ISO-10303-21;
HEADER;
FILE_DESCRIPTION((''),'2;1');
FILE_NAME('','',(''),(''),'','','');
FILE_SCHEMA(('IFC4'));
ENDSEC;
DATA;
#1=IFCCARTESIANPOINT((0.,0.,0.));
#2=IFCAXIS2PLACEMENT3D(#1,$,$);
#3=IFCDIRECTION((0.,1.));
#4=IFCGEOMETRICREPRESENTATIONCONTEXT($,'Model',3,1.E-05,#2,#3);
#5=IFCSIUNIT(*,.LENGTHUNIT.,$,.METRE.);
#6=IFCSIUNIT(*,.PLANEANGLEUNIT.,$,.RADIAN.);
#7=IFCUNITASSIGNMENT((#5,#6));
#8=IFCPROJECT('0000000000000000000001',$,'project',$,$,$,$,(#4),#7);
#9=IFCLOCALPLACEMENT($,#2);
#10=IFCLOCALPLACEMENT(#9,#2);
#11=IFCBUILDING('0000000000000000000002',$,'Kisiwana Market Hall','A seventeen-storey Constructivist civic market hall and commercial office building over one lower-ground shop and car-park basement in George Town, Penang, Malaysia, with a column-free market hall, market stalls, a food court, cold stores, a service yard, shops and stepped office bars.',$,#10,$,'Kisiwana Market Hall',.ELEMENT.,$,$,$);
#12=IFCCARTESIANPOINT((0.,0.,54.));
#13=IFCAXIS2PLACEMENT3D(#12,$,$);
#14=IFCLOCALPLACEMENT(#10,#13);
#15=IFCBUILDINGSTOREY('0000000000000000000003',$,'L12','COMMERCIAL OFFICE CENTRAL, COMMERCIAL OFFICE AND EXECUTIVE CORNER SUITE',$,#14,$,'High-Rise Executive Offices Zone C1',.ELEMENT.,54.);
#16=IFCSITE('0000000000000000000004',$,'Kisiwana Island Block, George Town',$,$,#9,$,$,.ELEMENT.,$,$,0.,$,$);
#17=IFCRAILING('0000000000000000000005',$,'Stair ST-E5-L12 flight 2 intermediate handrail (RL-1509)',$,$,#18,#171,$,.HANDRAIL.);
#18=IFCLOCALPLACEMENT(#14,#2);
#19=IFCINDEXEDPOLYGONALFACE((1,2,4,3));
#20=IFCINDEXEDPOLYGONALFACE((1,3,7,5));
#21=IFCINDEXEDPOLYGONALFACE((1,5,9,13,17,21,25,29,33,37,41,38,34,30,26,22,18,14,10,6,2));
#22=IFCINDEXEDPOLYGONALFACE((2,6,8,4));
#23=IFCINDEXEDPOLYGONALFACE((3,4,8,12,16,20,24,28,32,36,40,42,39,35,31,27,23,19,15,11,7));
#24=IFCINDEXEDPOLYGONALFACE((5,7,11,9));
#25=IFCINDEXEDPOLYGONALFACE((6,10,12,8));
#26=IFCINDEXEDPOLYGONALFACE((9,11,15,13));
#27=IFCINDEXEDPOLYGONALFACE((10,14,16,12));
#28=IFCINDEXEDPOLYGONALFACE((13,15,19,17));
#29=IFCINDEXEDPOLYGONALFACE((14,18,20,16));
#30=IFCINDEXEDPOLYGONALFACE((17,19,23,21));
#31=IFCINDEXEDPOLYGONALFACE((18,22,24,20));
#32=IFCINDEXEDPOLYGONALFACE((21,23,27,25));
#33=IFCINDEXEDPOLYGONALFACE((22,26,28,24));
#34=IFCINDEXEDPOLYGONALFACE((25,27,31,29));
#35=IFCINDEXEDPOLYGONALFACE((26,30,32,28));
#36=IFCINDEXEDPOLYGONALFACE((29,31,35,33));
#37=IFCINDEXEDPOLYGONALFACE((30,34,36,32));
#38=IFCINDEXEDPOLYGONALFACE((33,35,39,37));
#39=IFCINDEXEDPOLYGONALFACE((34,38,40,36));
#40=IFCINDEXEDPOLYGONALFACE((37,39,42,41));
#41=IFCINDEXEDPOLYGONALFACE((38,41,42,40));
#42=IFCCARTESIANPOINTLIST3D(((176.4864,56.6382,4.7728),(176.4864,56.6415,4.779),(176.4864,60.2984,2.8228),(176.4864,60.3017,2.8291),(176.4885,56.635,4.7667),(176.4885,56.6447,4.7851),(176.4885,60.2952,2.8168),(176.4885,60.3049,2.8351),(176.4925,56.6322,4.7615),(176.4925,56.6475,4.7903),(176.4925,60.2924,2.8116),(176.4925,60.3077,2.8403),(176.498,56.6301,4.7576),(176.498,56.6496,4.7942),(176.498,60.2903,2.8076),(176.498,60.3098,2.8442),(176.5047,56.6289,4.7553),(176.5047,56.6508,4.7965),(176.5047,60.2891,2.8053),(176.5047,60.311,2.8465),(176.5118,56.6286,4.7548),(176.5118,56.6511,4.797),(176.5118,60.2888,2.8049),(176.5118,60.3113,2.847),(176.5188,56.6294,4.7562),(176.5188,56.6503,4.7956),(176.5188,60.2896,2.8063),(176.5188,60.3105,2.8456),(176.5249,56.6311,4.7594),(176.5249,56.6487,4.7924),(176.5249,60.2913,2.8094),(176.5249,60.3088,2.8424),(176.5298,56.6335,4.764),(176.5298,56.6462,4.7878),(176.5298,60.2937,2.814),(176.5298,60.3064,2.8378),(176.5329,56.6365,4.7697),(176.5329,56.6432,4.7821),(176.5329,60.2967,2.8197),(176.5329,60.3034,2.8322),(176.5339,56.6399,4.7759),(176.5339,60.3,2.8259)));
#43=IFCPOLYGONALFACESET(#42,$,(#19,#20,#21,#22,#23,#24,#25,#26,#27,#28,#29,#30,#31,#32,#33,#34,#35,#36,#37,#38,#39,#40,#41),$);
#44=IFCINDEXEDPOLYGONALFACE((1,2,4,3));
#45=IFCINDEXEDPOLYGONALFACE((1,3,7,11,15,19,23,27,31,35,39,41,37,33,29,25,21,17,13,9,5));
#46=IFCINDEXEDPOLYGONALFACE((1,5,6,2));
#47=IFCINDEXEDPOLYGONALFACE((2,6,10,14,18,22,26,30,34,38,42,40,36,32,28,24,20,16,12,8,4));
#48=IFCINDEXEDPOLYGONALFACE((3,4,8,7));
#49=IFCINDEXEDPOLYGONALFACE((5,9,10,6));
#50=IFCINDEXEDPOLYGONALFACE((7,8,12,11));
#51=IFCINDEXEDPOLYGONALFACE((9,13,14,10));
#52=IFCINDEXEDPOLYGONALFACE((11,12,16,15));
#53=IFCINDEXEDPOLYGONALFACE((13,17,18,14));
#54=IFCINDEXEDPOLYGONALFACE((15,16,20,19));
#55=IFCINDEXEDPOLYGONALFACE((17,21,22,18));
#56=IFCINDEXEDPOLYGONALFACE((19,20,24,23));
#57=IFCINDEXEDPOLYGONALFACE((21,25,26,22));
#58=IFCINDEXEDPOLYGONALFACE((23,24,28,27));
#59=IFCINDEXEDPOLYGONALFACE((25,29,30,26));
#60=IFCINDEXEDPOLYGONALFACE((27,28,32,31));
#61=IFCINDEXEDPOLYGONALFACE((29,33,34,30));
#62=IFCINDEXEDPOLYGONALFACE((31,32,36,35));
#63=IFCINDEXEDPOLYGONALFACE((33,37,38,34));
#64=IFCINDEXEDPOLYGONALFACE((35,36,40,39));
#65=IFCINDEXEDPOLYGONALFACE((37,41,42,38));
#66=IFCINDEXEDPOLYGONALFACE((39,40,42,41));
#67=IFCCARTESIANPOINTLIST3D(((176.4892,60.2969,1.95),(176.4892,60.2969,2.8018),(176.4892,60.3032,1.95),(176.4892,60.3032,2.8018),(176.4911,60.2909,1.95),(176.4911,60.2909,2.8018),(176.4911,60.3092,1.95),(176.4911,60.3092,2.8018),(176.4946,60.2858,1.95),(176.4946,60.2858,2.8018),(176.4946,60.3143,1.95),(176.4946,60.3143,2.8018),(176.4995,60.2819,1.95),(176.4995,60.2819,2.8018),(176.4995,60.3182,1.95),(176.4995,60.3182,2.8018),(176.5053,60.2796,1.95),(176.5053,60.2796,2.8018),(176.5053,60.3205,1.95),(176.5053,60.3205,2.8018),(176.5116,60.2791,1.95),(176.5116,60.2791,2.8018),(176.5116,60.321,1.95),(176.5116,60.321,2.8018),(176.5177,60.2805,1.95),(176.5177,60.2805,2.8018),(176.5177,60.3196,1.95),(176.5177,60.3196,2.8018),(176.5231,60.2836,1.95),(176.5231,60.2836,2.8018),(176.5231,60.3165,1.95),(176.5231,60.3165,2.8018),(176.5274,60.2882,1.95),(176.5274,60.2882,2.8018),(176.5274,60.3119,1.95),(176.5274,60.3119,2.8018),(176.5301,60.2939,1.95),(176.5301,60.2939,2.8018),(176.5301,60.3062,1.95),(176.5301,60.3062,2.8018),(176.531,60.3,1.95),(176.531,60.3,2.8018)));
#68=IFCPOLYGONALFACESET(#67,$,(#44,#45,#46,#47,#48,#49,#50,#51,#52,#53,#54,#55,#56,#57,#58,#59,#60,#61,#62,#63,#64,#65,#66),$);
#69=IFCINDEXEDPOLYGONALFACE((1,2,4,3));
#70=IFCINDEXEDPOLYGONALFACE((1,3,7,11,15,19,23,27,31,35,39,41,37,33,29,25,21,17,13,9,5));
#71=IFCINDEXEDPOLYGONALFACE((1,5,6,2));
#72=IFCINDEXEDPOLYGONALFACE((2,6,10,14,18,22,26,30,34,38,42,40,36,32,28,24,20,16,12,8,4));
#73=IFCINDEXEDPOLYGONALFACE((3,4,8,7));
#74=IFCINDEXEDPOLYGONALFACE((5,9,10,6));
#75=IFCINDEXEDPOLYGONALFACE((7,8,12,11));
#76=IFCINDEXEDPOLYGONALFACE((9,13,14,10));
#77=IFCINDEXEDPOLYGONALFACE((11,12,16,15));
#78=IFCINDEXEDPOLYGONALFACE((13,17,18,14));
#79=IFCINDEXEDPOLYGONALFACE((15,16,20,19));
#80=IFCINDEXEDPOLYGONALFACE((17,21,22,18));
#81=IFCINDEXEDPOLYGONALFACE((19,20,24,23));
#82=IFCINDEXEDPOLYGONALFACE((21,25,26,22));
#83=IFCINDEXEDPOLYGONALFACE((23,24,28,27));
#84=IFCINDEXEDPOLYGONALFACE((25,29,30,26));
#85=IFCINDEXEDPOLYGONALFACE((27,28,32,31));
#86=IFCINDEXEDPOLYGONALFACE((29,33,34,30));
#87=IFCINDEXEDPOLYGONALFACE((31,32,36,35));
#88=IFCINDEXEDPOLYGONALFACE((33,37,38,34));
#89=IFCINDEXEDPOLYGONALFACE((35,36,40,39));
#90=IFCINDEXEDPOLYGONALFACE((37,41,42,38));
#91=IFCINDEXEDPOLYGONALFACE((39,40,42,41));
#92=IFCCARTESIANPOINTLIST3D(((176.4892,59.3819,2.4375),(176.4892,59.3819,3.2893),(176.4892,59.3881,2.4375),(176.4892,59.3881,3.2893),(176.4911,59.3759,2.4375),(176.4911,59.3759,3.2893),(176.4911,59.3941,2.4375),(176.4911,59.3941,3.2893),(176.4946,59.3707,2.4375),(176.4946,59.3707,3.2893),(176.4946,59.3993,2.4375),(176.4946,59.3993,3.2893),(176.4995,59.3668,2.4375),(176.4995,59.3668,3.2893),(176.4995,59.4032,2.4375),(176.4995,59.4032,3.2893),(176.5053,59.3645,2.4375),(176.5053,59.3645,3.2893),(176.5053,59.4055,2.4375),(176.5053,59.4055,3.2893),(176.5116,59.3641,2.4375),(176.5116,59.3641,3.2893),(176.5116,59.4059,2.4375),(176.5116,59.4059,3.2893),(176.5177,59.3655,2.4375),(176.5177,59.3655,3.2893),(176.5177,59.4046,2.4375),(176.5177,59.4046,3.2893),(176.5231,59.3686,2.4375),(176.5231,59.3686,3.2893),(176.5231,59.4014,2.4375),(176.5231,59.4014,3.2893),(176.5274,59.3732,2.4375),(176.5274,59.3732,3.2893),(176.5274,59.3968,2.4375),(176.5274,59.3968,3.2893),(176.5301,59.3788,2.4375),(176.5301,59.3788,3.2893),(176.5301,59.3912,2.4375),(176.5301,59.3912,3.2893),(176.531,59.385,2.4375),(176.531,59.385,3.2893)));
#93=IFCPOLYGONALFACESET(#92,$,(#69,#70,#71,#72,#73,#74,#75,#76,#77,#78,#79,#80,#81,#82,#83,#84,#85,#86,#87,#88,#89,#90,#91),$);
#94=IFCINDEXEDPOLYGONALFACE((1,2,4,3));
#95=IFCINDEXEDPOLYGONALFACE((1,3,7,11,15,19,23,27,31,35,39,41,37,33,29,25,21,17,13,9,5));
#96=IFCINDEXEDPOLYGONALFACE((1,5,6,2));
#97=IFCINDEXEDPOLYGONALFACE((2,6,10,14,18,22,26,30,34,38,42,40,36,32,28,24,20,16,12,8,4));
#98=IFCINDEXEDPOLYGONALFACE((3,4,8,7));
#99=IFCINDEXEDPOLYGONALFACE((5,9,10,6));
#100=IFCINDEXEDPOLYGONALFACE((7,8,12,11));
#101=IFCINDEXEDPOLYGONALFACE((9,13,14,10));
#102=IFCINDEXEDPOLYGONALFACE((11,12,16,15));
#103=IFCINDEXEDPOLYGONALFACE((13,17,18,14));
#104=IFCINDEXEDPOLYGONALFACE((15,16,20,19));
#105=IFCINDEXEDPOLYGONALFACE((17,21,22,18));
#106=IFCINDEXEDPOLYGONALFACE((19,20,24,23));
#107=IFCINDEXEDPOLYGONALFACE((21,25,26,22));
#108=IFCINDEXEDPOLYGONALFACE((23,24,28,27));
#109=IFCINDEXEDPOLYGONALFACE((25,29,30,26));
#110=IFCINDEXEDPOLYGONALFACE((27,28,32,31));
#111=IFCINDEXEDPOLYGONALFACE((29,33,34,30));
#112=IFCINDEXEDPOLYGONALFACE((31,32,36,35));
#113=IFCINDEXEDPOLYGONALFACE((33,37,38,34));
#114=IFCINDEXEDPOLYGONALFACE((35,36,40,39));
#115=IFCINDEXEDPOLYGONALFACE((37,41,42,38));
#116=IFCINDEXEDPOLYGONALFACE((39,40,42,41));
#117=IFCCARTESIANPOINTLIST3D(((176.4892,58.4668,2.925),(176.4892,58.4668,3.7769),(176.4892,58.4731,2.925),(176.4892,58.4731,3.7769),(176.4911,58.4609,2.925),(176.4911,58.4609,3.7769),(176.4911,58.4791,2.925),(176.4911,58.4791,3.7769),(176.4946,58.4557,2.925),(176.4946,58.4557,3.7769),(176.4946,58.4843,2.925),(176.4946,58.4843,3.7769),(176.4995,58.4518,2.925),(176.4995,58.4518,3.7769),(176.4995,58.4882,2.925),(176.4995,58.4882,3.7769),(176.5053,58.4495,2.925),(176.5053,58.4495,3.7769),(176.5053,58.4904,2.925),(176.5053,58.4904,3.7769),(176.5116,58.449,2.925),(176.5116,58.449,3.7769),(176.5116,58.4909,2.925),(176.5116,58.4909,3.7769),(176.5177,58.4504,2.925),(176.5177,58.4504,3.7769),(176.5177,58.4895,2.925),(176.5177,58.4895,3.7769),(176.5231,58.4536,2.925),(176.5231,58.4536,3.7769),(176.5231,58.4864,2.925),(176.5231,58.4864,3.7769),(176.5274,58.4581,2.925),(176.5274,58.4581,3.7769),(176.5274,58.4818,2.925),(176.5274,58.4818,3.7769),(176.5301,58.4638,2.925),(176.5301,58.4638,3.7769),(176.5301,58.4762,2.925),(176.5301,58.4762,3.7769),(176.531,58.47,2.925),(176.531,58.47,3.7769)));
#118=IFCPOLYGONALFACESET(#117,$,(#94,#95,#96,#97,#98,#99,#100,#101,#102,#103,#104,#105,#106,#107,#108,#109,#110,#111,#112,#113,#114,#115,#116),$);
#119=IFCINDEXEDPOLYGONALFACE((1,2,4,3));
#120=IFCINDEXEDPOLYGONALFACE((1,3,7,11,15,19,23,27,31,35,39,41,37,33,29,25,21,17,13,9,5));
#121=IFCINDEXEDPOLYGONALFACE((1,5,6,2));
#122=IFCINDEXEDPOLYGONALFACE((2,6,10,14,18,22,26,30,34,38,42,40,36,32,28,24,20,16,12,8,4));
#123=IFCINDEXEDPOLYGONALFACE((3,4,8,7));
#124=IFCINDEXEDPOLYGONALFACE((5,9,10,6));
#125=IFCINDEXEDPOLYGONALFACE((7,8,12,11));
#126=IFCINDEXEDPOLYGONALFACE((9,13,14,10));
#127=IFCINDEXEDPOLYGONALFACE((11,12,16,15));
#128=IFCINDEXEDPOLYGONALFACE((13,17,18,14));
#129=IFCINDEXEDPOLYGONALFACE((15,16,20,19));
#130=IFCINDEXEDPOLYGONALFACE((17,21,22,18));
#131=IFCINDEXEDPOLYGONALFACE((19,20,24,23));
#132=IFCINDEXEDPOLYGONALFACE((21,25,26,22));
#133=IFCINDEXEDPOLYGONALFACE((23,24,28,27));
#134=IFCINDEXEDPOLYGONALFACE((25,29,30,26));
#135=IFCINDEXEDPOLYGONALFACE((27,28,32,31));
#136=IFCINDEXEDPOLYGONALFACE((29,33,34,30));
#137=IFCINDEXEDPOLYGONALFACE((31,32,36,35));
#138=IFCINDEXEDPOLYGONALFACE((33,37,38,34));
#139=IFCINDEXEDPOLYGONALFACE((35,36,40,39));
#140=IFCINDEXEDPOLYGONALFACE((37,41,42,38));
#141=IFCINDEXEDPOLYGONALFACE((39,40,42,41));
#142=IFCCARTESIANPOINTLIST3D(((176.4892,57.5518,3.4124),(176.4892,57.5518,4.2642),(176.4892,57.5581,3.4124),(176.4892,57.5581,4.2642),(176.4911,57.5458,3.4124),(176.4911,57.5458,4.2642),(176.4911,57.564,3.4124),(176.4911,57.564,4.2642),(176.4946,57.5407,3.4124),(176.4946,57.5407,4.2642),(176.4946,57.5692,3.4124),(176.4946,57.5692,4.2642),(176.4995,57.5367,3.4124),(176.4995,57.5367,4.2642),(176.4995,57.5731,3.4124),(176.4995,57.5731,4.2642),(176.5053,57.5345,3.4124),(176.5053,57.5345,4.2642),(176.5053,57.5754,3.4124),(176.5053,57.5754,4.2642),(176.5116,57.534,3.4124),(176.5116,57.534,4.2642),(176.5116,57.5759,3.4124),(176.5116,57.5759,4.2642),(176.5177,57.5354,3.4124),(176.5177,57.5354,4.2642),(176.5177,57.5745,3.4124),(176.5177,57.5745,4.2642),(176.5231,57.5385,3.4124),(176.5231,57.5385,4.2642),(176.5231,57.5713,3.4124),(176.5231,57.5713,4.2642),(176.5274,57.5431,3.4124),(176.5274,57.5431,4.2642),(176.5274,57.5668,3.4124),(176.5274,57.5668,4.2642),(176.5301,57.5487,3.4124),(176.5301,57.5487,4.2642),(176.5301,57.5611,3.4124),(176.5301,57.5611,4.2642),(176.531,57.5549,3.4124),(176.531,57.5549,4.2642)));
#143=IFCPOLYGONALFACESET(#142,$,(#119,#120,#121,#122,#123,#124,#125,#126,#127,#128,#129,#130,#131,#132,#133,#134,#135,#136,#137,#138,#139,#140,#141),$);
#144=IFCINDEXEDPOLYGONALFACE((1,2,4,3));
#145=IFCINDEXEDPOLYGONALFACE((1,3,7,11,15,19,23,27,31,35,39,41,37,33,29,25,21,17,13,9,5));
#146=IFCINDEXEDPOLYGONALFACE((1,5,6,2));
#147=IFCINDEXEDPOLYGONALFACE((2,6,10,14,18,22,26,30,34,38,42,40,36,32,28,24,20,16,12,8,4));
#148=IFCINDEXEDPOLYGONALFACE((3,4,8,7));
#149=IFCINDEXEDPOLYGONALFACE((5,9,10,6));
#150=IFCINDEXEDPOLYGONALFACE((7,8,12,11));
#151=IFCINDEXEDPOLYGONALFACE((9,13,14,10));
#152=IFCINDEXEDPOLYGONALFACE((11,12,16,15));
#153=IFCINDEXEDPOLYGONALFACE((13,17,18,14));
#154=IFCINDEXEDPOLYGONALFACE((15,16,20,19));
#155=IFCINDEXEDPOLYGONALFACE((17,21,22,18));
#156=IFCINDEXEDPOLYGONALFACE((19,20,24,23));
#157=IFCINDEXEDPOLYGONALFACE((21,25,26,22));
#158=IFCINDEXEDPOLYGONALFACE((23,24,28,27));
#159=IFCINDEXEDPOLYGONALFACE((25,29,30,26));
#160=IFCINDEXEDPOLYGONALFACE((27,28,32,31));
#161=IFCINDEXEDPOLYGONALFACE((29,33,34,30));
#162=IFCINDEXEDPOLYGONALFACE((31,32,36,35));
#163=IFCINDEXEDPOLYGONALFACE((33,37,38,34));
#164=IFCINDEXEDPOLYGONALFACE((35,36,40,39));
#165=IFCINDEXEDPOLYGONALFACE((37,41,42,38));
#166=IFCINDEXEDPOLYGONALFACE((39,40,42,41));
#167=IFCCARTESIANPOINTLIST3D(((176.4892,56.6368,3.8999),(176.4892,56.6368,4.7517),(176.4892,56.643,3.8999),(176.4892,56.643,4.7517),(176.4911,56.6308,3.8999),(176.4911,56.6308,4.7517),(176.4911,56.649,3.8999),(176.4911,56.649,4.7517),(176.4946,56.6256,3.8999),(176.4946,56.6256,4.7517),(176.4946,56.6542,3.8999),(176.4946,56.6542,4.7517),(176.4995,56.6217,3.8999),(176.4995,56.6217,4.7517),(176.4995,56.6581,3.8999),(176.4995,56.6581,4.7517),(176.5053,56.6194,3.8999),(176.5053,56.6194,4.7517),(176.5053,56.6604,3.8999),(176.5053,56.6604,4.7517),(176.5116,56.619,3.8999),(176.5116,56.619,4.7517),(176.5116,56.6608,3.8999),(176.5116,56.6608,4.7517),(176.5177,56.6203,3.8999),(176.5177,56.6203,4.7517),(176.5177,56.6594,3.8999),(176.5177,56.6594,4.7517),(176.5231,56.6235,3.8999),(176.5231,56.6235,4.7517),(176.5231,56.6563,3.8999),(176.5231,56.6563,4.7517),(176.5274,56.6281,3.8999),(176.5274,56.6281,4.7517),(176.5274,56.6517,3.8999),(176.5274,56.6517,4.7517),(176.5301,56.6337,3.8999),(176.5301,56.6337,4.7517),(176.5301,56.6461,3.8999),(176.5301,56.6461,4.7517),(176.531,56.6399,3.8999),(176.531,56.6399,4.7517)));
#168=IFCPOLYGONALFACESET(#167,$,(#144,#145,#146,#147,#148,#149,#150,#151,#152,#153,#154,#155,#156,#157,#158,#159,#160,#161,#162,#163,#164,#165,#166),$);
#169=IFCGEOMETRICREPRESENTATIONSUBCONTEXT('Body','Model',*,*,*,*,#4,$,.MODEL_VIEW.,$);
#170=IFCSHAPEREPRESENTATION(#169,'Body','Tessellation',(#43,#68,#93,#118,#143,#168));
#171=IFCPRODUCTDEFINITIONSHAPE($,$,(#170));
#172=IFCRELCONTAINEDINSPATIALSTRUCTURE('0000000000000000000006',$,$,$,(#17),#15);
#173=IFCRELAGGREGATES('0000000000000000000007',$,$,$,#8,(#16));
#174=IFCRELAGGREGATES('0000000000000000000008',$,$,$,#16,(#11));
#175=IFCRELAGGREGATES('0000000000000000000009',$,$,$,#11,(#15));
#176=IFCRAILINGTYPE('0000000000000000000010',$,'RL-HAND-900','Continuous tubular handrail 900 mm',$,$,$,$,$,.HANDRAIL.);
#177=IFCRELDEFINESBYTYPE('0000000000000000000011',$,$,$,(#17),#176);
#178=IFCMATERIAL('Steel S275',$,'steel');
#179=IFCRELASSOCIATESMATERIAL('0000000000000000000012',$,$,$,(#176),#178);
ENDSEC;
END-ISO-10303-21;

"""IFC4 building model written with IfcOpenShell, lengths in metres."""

from ifc_helpers import new_model, si_unit, direction, frame, origin, origin_2d, place, context, subcontext, project, spatial, circle, extrude, material, type_object, element, save


model = new_model("IFC4")

# Units and contexts
model_context = context("Model", 3, precision=1e-05, world=origin(), true_north=direction((0.0, 1.0)))
body_context = subcontext(model_context, "Body", "Model", "MODEL_VIEW")
ifc_project = project(units=[si_unit("LENGTHUNIT", "METRE"), si_unit("PLANEANGLEUNIT", "RADIAN")], contexts=[model_context])

# Site, building, storey
site_placement = place(None, origin())
site = spatial("IfcSite", under=ifc_project, at=site_placement, Name="Kisiwana Island Block, George Town", CompositionType="ELEMENT", RefElevation=0.0)
building_placement = place(site_placement, origin())
building = spatial("IfcBuilding", under=site, at=building_placement, Name="Kisiwana Market Hall", Description="A seventeen-storey Constructivist civic market hall and commercial office building over one lower-ground shop and car-park basement in George Town, Penang, Malaysia, with a column-free market hall, market stalls, a food court, cold stores, a service yard, shops and stepped office bars.", LongName="Kisiwana Market Hall", CompositionType="ELEMENT")
storey_placement = place(building_placement, frame((0.0, 0.0, 54.0)))
storey = spatial("IfcBuildingStorey", under=building, at=storey_placement, Name="L12", Description="COMMERCIAL OFFICE CENTRAL, COMMERCIAL OFFICE AND EXECUTIVE CORNER SUITE", LongName="High-Rise Executive Offices Zone C1", CompositionType="ELEMENT", Elevation=54.0)

# Railing
ifc_material_1 = material(Name="Steel S275", Category="steel")
railing_type_1 = type_object("IfcRailingType", Name="RL-HAND-900", Description="Continuous tubular handrail 900 mm", PredefinedType="HANDRAIL", material=ifc_material_1)
railing_1_placement = place(storey_placement, frame((176.51, 60.3, 1.95)))
element("IfcRailing", 1, at=railing_1_placement, inside=storey, type_object=railing_type_1, Name="Stair ST-E5-L12 flight 2 intermediate handrail (RL-1509)", PredefinedType="HANDRAIL", context=body_context, shape_type="SweptSolid", body=[
    extrude(circle(Radius=0.0239, at=origin_2d()), frame((0.0, 0.0, 0.876), z_axis=(0.0, -0.882566, 0.470188), x_axis=(1.0, 0.0, 0.0)), (0.0, 0.0, 1.0), 4.1472),
    extrude(circle(Radius=0.021, at=origin_2d()), origin(), (0.0, 0.0, 1.0), 0.8518),
    extrude(circle(Radius=0.021, at=origin_2d()), frame((0.0, -0.915, 0.4875)), (0.0, 0.0, 1.0), 0.8518),
    extrude(circle(Radius=0.021, at=origin_2d()), frame((0.0, -1.8301, 0.9751)), (0.0, 0.0, 1.0), 0.8518),
    extrude(circle(Radius=0.021, at=origin_2d()), frame((0.0, -2.7451, 1.4624)), (0.0, 0.0, 1.0), 0.8518),
    extrude(circle(Radius=0.021, at=origin_2d()), frame((0.0, -3.6602, 1.95)), (0.0, 0.0, 1.0), 0.8518),
])

save(model, "model.ifc")
